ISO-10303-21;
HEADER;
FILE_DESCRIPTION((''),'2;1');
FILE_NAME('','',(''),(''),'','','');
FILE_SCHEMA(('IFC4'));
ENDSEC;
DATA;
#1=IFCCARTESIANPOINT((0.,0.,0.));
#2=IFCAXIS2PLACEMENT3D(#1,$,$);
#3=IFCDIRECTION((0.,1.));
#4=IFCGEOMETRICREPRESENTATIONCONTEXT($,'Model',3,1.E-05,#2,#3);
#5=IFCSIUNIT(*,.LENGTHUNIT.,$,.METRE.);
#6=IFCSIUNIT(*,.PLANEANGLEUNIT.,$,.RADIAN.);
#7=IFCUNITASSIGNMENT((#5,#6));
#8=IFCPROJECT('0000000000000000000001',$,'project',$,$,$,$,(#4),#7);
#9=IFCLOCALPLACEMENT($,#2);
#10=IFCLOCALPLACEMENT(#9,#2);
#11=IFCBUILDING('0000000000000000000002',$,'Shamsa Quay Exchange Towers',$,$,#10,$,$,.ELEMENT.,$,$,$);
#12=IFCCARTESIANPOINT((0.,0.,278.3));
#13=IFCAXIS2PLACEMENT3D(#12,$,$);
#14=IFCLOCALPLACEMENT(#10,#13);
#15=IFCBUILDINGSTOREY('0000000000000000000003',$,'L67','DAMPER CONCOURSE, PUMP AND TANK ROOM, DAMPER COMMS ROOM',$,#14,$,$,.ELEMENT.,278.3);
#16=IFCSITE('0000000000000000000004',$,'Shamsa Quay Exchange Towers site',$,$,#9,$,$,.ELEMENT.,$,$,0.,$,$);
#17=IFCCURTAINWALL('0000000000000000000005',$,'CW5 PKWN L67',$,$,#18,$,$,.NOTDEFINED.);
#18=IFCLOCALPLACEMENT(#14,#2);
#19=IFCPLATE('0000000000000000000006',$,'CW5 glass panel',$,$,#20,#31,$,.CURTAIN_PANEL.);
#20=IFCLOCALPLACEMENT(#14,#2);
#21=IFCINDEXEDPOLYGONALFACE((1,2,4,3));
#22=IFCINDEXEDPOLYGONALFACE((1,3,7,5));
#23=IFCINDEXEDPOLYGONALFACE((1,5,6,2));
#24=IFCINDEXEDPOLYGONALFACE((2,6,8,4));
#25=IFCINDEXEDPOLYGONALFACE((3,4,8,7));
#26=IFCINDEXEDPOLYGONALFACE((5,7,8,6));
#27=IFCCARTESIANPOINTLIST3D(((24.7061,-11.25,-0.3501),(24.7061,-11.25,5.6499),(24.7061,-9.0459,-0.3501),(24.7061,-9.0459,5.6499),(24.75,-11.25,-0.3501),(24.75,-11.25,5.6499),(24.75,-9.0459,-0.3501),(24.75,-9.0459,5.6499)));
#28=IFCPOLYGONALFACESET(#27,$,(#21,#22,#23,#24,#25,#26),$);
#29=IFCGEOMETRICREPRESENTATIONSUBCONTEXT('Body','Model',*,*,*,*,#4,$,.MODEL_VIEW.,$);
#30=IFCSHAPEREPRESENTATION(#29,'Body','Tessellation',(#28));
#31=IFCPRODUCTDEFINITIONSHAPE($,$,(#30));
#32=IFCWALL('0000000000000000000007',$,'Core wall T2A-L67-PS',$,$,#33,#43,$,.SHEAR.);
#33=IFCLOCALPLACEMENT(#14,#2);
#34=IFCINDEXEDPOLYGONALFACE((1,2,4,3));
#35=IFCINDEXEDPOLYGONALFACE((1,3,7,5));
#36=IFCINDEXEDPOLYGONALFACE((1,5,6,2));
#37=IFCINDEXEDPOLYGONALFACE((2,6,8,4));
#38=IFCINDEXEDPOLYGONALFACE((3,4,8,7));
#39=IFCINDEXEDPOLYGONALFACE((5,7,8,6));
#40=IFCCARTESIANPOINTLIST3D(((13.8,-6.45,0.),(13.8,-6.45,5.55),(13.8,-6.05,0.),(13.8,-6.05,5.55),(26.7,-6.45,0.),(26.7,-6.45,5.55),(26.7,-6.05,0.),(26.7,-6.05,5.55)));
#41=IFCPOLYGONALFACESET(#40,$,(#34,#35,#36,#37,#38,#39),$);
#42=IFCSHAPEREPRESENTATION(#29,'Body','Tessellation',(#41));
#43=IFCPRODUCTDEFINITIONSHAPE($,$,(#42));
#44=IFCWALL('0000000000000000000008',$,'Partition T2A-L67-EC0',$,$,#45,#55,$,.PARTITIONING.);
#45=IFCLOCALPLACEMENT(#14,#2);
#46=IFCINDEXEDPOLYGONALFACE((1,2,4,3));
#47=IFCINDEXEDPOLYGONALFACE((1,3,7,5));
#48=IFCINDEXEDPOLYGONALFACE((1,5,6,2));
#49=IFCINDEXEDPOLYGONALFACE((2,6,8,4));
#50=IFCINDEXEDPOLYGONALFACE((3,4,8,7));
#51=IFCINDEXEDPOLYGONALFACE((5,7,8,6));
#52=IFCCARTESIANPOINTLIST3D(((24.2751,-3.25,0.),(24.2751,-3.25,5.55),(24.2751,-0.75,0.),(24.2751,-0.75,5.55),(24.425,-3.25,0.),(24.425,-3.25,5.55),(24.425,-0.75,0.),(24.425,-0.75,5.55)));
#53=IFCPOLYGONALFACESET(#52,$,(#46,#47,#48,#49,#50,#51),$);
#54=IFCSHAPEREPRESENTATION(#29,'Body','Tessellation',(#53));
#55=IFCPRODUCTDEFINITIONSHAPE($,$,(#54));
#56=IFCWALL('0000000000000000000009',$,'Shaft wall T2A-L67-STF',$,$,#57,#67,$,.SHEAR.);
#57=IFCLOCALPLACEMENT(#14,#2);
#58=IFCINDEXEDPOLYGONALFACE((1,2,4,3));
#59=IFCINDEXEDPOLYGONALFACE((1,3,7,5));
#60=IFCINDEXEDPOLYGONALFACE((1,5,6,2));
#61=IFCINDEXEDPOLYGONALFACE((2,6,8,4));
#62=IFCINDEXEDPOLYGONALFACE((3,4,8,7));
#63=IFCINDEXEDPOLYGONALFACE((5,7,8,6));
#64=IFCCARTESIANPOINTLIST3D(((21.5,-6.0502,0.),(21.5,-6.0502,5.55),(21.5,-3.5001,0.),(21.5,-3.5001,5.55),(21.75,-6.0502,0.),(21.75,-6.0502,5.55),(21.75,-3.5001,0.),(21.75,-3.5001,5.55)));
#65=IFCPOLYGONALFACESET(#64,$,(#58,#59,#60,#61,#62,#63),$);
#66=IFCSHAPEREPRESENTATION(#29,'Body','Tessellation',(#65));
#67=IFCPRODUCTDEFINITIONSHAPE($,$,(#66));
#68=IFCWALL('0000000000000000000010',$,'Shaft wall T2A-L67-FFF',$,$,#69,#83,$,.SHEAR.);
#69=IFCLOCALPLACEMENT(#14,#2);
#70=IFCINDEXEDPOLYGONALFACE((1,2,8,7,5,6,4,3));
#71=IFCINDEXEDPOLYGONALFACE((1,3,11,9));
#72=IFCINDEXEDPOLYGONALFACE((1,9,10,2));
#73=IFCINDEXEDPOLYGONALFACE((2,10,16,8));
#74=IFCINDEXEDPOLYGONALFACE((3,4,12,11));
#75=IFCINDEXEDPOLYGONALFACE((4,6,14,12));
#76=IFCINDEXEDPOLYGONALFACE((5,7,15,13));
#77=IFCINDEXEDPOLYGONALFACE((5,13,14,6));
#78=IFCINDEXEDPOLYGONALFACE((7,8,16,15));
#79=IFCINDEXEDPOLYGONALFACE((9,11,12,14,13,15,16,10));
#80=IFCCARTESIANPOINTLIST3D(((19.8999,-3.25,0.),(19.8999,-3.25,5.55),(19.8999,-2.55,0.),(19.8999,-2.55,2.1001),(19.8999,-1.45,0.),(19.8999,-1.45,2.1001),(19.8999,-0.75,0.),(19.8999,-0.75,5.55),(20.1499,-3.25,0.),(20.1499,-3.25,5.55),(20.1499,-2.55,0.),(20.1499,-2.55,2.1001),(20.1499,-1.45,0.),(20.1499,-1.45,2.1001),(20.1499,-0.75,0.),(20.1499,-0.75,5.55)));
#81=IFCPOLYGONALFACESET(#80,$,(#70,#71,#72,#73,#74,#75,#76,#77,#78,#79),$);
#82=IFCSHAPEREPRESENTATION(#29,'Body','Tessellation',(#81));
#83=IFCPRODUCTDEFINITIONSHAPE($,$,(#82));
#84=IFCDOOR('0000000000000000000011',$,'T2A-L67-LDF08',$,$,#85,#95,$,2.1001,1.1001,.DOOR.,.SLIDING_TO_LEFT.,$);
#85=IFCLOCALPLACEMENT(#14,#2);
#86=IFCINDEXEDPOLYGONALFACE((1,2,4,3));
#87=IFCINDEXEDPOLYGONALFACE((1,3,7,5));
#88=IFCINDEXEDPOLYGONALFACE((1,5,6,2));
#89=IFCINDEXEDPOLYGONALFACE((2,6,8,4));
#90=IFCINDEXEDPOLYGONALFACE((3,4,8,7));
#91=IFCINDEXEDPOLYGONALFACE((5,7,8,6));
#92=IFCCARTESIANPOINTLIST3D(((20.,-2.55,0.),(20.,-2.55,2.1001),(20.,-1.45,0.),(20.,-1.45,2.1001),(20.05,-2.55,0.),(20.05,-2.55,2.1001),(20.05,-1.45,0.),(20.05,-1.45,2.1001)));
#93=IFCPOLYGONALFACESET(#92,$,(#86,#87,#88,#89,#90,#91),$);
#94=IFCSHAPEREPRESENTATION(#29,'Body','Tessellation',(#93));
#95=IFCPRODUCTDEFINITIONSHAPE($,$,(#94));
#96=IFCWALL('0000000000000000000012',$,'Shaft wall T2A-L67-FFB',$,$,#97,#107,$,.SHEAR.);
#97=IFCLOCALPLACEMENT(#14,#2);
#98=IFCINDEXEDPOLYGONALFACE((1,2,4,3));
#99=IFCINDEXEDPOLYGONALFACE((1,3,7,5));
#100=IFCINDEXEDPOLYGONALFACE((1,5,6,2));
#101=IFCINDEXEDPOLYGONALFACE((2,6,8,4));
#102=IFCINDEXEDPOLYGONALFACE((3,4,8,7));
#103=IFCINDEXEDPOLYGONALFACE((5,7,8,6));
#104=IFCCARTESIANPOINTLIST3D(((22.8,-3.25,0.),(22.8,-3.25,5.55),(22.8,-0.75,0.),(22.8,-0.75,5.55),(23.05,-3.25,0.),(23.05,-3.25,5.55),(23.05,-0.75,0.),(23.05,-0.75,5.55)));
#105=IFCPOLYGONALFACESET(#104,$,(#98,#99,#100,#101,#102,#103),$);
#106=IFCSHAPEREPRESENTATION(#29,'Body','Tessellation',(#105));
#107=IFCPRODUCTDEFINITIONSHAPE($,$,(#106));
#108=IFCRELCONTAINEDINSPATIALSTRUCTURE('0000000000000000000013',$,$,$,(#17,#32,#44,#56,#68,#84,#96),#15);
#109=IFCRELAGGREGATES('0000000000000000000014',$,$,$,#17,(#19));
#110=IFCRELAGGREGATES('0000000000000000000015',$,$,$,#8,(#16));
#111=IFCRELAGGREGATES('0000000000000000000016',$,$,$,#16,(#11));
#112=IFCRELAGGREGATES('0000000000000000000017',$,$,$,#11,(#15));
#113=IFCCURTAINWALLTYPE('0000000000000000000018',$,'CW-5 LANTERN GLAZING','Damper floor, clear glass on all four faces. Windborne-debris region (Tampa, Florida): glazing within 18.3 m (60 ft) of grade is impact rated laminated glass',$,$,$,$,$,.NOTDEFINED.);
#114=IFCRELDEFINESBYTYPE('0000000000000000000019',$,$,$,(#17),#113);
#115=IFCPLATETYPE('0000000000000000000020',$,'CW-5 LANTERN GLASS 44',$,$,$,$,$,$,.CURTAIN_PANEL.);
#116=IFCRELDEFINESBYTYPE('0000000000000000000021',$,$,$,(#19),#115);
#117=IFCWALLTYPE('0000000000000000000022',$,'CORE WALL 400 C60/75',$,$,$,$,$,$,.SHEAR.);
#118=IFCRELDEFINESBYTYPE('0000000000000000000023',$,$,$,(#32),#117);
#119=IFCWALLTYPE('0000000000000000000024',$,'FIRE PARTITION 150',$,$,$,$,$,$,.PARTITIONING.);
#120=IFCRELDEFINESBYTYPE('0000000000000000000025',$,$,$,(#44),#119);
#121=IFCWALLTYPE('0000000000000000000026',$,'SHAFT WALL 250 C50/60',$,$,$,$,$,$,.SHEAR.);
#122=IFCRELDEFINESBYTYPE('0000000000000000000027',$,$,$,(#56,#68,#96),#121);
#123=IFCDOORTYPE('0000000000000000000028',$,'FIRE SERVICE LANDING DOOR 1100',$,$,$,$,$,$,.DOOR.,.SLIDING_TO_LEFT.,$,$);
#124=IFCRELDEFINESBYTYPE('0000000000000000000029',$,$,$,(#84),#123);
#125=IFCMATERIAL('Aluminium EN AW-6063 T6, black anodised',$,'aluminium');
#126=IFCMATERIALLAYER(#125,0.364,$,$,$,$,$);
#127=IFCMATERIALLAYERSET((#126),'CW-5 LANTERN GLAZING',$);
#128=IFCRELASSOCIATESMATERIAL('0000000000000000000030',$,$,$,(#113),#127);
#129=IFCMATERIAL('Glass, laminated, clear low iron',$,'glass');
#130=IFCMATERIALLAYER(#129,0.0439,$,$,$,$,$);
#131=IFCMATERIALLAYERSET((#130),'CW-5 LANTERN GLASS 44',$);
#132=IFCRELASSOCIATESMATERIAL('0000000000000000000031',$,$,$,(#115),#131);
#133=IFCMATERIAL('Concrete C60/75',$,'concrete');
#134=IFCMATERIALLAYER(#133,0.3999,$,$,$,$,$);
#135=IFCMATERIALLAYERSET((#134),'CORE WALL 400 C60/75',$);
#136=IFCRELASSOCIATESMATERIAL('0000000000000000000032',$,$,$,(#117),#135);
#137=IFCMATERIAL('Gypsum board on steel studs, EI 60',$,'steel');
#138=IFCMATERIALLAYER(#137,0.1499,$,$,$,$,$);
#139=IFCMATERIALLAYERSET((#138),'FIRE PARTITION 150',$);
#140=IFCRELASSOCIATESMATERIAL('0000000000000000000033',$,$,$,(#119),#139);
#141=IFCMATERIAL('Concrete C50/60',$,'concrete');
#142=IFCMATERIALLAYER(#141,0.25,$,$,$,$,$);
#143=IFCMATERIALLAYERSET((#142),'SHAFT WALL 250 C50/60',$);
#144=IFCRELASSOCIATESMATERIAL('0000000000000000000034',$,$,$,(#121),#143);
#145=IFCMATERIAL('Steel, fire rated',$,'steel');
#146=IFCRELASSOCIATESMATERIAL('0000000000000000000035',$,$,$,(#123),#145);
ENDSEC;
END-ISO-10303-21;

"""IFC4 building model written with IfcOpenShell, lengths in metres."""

from ifc_helpers import new_model, si_unit, direction, frame, frame_2d, origin, origin_2d, place, context, subcontext, project, spatial, rectangle, extrude, material, layer, layer_set, type_object, element, fill, aggregate, save


model = new_model("IFC4")

# Units and contexts
model_context = context("Model", 3, precision=1e-05, world=origin(), true_north=direction((0.0, 1.0)))
body_context = subcontext(model_context, "Body", "Model", "MODEL_VIEW")
ifc_project = project(units=[si_unit("LENGTHUNIT", "METRE"), si_unit("PLANEANGLEUNIT", "RADIAN")], contexts=[model_context])

# Site, building, storey
site_placement = place(None, origin())
site = spatial("IfcSite", under=ifc_project, at=site_placement, Name="Shamsa Quay Exchange Towers site", CompositionType="ELEMENT", RefElevation=0.0)
building_placement = place(site_placement, origin())
building = spatial("IfcBuilding", under=site, at=building_placement, Name="Shamsa Quay Exchange Towers", CompositionType="ELEMENT")
storey_placement = place(building_placement, frame((0.0, 0.0, 278.3)))
storey = spatial("IfcBuildingStorey", under=building, at=storey_placement, Name="L67", Description="DAMPER CONCOURSE, PUMP AND TANK ROOM, DAMPER COMMS ROOM", CompositionType="ELEMENT", Elevation=278.3)

# Shared definitions
ifc_material_1 = material(Name="Aluminium EN AW-6063 T6, black anodised", Category="aluminium")
ifc_layer_1 = layer(ifc_material_1, 0.364)
ifc_layer_set_1 = layer_set([ifc_layer_1], Name="CW-5 LANTERN GLAZING")
curtain_wall_type = type_object("IfcCurtainWallType", Name="CW-5 LANTERN GLAZING", Description="Damper floor, clear glass on all four faces. Windborne-debris region (Tampa, Florida): glazing within 18.3 m (60 ft) of grade is impact rated laminated glass", PredefinedType="NOTDEFINED", material=ifc_layer_set_1)

# Shared definitions
ifc_material_2 = material(Name="Concrete C50/60", Category="concrete")

# Shared definitions
ifc_material_3 = material(Name="Glass, laminated, clear low iron", Category="glass")
ifc_layer_2 = layer(ifc_material_3, 0.0439)
ifc_layer_set_2 = layer_set([ifc_layer_2], Name="CW-5 LANTERN GLASS 44")
plate_type = type_object("IfcPlateType", Name="CW-5 LANTERN GLASS 44", PredefinedType="CURTAIN_PANEL", material=ifc_layer_set_2)

# Curtain wall, plate
curtain_wall_1_placement = place(storey_placement, origin())
curtain_wall_1 = element("IfcCurtainWall", 1, at=curtain_wall_1_placement, inside=storey, type_object=curtain_wall_type, Name="CW5 PKWN L67", PredefinedType="NOTDEFINED")
plate_1_placement = place(storey_placement, frame((24.728, -10.1479, -0.3501), z_axis=(0.0, 0.0, 1.0), x_axis=(0.0, -1.0, 0.0)))
plate_1 = element("IfcPlate", 2, at=plate_1_placement, type_object=plate_type, Name="CW5 glass panel", PredefinedType="CURTAIN_PANEL", context=body_context, shape_type="SweptSolid", body=[
    extrude(rectangle(XDim=2.2041, YDim=0.0439, at=origin_2d()), origin(), (0.0, 0.0, 1.0), 6.0),
])
aggregate(curtain_wall_1, [plate_1])

# Walls
ifc_material_4 = material(Name="Concrete C60/75", Category="concrete")
ifc_layer_3 = layer(ifc_material_4, 0.3999)
ifc_layer_set_3 = layer_set([ifc_layer_3], Name="CORE WALL 400 C60/75")
wall_type_1 = type_object("IfcWallType", Name="CORE WALL 400 C60/75", PredefinedType="SHEAR", material=ifc_layer_set_3)
wall_1_placement = place(storey_placement, frame((13.8, -6.25, 0.0)))
element("IfcWall", 3, at=wall_1_placement, inside=storey, type_object=wall_type_1, Name="Core wall T2A-L67-PS", PredefinedType="SHEAR", context=body_context, shape_type="SweptSolid", body=[
    extrude(rectangle(XDim=12.8999, YDim=0.3999, at=frame_2d((6.45, 0.0))), origin(), (0.0, 0.0, 1.0), 5.55),
])
ifc_material_5 = material(Name="Gypsum board on steel studs, EI 60", Category="steel")
ifc_layer_4 = layer(ifc_material_5, 0.1499)
ifc_layer_set_4 = layer_set([ifc_layer_4], Name="FIRE PARTITION 150")
wall_type_2 = type_object("IfcWallType", Name="FIRE PARTITION 150", PredefinedType="PARTITIONING", material=ifc_layer_set_4)
wall_2_placement = place(storey_placement, frame((24.3501, -3.25, 0.0), z_axis=(0.0, 0.0, 1.0), x_axis=(0.0, 1.0, 0.0)))
element("IfcWall", 4, at=wall_2_placement, inside=storey, type_object=wall_type_2, Name="Partition T2A-L67-EC0", PredefinedType="PARTITIONING", context=body_context, shape_type="SweptSolid", body=[
    extrude(rectangle(XDim=2.5, YDim=0.1499, at=frame_2d((1.25, 0.0))), origin(), (0.0, 0.0, 1.0), 5.55),
])
ifc_layer_5 = layer(ifc_material_2, 0.25)
ifc_layer_set_5 = layer_set([ifc_layer_5], Name="SHAFT WALL 250 C50/60")
wall_type_3 = type_object("IfcWallType", Name="SHAFT WALL 250 C50/60", PredefinedType="SHEAR", material=ifc_layer_set_5)
wall_3_placement = place(storey_placement, frame((21.625, -6.05, 0.0), z_axis=(0.0, 0.0, 1.0), x_axis=(0.0, 1.0, 0.0)))
element("IfcWall", 5, at=wall_3_placement, inside=storey, type_object=wall_type_3, Name="Shaft wall T2A-L67-STF", PredefinedType="SHEAR", context=body_context, shape_type="SweptSolid", body=[
    extrude(rectangle(XDim=2.55, YDim=0.25, at=frame_2d((1.2749, 0.0))), origin(), (0.0, 0.0, 1.0), 5.55),
])

# Wall, opening, door
wall_4_placement = place(storey_placement, frame((20.0249, -3.25, 0.0), z_axis=(0.0, 0.0, 1.0), x_axis=(0.0, 1.0, 0.0)))
wall_4 = element("IfcWall", 6, at=wall_4_placement, inside=storey, type_object=wall_type_3, Name="Shaft wall T2A-L67-FFF", PredefinedType="SHEAR", context=body_context, shape_type="SweptSolid", body=[
    extrude(rectangle(XDim=2.5, YDim=0.25, at=frame_2d((1.25, 0.0))), origin(), (0.0, 0.0, 1.0), 5.55),
])
opening_placement = place(wall_4_placement, frame((0.7, 0.0, 0.0)))
opening = element("IfcOpeningElement", 7, at=opening_placement, cuts=wall_4, PredefinedType="OPENING", context=body_context, shape_type="SweptSolid", body=[
    extrude(rectangle(XDim=1.1001, YDim=2.1001, at=frame_2d((0.55, 1.05))), frame((0.0, 0.135, 0.0), z_axis=(0.0, -1.0, 0.0), x_axis=(1.0, 0.0, 0.0)), (0.0, 0.0, 1.0), 0.27),
])
ifc_material_6 = material(Name="Steel, fire rated", Category="steel")
door_type = type_object("IfcDoorType", Name="FIRE SERVICE LANDING DOOR 1100", OperationType="SLIDING_TO_LEFT", PredefinedType="DOOR", material=ifc_material_6)
door_placement = place(opening_placement, origin())
door = element("IfcDoor", 8, at=door_placement, inside=storey, type_object=door_type, Name="T2A-L67-LDF08", OperationType="SLIDING_TO_LEFT", OverallHeight=2.1001, OverallWidth=1.1001, PredefinedType="DOOR", context=body_context, shape_type="SweptSolid", body=[
    extrude(rectangle(XDim=1.1001, YDim=2.1001, at=frame_2d((0.55, 1.05))), frame((0.0, 0.0249, 0.0), z_axis=(0.0, -1.0, 0.0), x_axis=(1.0, 0.0, 0.0)), (0.0, 0.0, 1.0), 0.05),
])
fill(opening, door)

# Wall
wall_5_placement = place(storey_placement, frame((22.925, -3.25, 0.0), z_axis=(0.0, 0.0, 1.0), x_axis=(0.0, 1.0, 0.0)))
element("IfcWall", 9, at=wall_5_placement, inside=storey, type_object=wall_type_3, Name="Shaft wall T2A-L67-FFB", PredefinedType="SHEAR", context=body_context, shape_type="SweptSolid", body=[
    extrude(rectangle(XDim=2.5, YDim=0.25, at=frame_2d((1.25, 0.0))), origin(), (0.0, 0.0, 1.0), 5.55),
])

save(model, "model.ifc")
